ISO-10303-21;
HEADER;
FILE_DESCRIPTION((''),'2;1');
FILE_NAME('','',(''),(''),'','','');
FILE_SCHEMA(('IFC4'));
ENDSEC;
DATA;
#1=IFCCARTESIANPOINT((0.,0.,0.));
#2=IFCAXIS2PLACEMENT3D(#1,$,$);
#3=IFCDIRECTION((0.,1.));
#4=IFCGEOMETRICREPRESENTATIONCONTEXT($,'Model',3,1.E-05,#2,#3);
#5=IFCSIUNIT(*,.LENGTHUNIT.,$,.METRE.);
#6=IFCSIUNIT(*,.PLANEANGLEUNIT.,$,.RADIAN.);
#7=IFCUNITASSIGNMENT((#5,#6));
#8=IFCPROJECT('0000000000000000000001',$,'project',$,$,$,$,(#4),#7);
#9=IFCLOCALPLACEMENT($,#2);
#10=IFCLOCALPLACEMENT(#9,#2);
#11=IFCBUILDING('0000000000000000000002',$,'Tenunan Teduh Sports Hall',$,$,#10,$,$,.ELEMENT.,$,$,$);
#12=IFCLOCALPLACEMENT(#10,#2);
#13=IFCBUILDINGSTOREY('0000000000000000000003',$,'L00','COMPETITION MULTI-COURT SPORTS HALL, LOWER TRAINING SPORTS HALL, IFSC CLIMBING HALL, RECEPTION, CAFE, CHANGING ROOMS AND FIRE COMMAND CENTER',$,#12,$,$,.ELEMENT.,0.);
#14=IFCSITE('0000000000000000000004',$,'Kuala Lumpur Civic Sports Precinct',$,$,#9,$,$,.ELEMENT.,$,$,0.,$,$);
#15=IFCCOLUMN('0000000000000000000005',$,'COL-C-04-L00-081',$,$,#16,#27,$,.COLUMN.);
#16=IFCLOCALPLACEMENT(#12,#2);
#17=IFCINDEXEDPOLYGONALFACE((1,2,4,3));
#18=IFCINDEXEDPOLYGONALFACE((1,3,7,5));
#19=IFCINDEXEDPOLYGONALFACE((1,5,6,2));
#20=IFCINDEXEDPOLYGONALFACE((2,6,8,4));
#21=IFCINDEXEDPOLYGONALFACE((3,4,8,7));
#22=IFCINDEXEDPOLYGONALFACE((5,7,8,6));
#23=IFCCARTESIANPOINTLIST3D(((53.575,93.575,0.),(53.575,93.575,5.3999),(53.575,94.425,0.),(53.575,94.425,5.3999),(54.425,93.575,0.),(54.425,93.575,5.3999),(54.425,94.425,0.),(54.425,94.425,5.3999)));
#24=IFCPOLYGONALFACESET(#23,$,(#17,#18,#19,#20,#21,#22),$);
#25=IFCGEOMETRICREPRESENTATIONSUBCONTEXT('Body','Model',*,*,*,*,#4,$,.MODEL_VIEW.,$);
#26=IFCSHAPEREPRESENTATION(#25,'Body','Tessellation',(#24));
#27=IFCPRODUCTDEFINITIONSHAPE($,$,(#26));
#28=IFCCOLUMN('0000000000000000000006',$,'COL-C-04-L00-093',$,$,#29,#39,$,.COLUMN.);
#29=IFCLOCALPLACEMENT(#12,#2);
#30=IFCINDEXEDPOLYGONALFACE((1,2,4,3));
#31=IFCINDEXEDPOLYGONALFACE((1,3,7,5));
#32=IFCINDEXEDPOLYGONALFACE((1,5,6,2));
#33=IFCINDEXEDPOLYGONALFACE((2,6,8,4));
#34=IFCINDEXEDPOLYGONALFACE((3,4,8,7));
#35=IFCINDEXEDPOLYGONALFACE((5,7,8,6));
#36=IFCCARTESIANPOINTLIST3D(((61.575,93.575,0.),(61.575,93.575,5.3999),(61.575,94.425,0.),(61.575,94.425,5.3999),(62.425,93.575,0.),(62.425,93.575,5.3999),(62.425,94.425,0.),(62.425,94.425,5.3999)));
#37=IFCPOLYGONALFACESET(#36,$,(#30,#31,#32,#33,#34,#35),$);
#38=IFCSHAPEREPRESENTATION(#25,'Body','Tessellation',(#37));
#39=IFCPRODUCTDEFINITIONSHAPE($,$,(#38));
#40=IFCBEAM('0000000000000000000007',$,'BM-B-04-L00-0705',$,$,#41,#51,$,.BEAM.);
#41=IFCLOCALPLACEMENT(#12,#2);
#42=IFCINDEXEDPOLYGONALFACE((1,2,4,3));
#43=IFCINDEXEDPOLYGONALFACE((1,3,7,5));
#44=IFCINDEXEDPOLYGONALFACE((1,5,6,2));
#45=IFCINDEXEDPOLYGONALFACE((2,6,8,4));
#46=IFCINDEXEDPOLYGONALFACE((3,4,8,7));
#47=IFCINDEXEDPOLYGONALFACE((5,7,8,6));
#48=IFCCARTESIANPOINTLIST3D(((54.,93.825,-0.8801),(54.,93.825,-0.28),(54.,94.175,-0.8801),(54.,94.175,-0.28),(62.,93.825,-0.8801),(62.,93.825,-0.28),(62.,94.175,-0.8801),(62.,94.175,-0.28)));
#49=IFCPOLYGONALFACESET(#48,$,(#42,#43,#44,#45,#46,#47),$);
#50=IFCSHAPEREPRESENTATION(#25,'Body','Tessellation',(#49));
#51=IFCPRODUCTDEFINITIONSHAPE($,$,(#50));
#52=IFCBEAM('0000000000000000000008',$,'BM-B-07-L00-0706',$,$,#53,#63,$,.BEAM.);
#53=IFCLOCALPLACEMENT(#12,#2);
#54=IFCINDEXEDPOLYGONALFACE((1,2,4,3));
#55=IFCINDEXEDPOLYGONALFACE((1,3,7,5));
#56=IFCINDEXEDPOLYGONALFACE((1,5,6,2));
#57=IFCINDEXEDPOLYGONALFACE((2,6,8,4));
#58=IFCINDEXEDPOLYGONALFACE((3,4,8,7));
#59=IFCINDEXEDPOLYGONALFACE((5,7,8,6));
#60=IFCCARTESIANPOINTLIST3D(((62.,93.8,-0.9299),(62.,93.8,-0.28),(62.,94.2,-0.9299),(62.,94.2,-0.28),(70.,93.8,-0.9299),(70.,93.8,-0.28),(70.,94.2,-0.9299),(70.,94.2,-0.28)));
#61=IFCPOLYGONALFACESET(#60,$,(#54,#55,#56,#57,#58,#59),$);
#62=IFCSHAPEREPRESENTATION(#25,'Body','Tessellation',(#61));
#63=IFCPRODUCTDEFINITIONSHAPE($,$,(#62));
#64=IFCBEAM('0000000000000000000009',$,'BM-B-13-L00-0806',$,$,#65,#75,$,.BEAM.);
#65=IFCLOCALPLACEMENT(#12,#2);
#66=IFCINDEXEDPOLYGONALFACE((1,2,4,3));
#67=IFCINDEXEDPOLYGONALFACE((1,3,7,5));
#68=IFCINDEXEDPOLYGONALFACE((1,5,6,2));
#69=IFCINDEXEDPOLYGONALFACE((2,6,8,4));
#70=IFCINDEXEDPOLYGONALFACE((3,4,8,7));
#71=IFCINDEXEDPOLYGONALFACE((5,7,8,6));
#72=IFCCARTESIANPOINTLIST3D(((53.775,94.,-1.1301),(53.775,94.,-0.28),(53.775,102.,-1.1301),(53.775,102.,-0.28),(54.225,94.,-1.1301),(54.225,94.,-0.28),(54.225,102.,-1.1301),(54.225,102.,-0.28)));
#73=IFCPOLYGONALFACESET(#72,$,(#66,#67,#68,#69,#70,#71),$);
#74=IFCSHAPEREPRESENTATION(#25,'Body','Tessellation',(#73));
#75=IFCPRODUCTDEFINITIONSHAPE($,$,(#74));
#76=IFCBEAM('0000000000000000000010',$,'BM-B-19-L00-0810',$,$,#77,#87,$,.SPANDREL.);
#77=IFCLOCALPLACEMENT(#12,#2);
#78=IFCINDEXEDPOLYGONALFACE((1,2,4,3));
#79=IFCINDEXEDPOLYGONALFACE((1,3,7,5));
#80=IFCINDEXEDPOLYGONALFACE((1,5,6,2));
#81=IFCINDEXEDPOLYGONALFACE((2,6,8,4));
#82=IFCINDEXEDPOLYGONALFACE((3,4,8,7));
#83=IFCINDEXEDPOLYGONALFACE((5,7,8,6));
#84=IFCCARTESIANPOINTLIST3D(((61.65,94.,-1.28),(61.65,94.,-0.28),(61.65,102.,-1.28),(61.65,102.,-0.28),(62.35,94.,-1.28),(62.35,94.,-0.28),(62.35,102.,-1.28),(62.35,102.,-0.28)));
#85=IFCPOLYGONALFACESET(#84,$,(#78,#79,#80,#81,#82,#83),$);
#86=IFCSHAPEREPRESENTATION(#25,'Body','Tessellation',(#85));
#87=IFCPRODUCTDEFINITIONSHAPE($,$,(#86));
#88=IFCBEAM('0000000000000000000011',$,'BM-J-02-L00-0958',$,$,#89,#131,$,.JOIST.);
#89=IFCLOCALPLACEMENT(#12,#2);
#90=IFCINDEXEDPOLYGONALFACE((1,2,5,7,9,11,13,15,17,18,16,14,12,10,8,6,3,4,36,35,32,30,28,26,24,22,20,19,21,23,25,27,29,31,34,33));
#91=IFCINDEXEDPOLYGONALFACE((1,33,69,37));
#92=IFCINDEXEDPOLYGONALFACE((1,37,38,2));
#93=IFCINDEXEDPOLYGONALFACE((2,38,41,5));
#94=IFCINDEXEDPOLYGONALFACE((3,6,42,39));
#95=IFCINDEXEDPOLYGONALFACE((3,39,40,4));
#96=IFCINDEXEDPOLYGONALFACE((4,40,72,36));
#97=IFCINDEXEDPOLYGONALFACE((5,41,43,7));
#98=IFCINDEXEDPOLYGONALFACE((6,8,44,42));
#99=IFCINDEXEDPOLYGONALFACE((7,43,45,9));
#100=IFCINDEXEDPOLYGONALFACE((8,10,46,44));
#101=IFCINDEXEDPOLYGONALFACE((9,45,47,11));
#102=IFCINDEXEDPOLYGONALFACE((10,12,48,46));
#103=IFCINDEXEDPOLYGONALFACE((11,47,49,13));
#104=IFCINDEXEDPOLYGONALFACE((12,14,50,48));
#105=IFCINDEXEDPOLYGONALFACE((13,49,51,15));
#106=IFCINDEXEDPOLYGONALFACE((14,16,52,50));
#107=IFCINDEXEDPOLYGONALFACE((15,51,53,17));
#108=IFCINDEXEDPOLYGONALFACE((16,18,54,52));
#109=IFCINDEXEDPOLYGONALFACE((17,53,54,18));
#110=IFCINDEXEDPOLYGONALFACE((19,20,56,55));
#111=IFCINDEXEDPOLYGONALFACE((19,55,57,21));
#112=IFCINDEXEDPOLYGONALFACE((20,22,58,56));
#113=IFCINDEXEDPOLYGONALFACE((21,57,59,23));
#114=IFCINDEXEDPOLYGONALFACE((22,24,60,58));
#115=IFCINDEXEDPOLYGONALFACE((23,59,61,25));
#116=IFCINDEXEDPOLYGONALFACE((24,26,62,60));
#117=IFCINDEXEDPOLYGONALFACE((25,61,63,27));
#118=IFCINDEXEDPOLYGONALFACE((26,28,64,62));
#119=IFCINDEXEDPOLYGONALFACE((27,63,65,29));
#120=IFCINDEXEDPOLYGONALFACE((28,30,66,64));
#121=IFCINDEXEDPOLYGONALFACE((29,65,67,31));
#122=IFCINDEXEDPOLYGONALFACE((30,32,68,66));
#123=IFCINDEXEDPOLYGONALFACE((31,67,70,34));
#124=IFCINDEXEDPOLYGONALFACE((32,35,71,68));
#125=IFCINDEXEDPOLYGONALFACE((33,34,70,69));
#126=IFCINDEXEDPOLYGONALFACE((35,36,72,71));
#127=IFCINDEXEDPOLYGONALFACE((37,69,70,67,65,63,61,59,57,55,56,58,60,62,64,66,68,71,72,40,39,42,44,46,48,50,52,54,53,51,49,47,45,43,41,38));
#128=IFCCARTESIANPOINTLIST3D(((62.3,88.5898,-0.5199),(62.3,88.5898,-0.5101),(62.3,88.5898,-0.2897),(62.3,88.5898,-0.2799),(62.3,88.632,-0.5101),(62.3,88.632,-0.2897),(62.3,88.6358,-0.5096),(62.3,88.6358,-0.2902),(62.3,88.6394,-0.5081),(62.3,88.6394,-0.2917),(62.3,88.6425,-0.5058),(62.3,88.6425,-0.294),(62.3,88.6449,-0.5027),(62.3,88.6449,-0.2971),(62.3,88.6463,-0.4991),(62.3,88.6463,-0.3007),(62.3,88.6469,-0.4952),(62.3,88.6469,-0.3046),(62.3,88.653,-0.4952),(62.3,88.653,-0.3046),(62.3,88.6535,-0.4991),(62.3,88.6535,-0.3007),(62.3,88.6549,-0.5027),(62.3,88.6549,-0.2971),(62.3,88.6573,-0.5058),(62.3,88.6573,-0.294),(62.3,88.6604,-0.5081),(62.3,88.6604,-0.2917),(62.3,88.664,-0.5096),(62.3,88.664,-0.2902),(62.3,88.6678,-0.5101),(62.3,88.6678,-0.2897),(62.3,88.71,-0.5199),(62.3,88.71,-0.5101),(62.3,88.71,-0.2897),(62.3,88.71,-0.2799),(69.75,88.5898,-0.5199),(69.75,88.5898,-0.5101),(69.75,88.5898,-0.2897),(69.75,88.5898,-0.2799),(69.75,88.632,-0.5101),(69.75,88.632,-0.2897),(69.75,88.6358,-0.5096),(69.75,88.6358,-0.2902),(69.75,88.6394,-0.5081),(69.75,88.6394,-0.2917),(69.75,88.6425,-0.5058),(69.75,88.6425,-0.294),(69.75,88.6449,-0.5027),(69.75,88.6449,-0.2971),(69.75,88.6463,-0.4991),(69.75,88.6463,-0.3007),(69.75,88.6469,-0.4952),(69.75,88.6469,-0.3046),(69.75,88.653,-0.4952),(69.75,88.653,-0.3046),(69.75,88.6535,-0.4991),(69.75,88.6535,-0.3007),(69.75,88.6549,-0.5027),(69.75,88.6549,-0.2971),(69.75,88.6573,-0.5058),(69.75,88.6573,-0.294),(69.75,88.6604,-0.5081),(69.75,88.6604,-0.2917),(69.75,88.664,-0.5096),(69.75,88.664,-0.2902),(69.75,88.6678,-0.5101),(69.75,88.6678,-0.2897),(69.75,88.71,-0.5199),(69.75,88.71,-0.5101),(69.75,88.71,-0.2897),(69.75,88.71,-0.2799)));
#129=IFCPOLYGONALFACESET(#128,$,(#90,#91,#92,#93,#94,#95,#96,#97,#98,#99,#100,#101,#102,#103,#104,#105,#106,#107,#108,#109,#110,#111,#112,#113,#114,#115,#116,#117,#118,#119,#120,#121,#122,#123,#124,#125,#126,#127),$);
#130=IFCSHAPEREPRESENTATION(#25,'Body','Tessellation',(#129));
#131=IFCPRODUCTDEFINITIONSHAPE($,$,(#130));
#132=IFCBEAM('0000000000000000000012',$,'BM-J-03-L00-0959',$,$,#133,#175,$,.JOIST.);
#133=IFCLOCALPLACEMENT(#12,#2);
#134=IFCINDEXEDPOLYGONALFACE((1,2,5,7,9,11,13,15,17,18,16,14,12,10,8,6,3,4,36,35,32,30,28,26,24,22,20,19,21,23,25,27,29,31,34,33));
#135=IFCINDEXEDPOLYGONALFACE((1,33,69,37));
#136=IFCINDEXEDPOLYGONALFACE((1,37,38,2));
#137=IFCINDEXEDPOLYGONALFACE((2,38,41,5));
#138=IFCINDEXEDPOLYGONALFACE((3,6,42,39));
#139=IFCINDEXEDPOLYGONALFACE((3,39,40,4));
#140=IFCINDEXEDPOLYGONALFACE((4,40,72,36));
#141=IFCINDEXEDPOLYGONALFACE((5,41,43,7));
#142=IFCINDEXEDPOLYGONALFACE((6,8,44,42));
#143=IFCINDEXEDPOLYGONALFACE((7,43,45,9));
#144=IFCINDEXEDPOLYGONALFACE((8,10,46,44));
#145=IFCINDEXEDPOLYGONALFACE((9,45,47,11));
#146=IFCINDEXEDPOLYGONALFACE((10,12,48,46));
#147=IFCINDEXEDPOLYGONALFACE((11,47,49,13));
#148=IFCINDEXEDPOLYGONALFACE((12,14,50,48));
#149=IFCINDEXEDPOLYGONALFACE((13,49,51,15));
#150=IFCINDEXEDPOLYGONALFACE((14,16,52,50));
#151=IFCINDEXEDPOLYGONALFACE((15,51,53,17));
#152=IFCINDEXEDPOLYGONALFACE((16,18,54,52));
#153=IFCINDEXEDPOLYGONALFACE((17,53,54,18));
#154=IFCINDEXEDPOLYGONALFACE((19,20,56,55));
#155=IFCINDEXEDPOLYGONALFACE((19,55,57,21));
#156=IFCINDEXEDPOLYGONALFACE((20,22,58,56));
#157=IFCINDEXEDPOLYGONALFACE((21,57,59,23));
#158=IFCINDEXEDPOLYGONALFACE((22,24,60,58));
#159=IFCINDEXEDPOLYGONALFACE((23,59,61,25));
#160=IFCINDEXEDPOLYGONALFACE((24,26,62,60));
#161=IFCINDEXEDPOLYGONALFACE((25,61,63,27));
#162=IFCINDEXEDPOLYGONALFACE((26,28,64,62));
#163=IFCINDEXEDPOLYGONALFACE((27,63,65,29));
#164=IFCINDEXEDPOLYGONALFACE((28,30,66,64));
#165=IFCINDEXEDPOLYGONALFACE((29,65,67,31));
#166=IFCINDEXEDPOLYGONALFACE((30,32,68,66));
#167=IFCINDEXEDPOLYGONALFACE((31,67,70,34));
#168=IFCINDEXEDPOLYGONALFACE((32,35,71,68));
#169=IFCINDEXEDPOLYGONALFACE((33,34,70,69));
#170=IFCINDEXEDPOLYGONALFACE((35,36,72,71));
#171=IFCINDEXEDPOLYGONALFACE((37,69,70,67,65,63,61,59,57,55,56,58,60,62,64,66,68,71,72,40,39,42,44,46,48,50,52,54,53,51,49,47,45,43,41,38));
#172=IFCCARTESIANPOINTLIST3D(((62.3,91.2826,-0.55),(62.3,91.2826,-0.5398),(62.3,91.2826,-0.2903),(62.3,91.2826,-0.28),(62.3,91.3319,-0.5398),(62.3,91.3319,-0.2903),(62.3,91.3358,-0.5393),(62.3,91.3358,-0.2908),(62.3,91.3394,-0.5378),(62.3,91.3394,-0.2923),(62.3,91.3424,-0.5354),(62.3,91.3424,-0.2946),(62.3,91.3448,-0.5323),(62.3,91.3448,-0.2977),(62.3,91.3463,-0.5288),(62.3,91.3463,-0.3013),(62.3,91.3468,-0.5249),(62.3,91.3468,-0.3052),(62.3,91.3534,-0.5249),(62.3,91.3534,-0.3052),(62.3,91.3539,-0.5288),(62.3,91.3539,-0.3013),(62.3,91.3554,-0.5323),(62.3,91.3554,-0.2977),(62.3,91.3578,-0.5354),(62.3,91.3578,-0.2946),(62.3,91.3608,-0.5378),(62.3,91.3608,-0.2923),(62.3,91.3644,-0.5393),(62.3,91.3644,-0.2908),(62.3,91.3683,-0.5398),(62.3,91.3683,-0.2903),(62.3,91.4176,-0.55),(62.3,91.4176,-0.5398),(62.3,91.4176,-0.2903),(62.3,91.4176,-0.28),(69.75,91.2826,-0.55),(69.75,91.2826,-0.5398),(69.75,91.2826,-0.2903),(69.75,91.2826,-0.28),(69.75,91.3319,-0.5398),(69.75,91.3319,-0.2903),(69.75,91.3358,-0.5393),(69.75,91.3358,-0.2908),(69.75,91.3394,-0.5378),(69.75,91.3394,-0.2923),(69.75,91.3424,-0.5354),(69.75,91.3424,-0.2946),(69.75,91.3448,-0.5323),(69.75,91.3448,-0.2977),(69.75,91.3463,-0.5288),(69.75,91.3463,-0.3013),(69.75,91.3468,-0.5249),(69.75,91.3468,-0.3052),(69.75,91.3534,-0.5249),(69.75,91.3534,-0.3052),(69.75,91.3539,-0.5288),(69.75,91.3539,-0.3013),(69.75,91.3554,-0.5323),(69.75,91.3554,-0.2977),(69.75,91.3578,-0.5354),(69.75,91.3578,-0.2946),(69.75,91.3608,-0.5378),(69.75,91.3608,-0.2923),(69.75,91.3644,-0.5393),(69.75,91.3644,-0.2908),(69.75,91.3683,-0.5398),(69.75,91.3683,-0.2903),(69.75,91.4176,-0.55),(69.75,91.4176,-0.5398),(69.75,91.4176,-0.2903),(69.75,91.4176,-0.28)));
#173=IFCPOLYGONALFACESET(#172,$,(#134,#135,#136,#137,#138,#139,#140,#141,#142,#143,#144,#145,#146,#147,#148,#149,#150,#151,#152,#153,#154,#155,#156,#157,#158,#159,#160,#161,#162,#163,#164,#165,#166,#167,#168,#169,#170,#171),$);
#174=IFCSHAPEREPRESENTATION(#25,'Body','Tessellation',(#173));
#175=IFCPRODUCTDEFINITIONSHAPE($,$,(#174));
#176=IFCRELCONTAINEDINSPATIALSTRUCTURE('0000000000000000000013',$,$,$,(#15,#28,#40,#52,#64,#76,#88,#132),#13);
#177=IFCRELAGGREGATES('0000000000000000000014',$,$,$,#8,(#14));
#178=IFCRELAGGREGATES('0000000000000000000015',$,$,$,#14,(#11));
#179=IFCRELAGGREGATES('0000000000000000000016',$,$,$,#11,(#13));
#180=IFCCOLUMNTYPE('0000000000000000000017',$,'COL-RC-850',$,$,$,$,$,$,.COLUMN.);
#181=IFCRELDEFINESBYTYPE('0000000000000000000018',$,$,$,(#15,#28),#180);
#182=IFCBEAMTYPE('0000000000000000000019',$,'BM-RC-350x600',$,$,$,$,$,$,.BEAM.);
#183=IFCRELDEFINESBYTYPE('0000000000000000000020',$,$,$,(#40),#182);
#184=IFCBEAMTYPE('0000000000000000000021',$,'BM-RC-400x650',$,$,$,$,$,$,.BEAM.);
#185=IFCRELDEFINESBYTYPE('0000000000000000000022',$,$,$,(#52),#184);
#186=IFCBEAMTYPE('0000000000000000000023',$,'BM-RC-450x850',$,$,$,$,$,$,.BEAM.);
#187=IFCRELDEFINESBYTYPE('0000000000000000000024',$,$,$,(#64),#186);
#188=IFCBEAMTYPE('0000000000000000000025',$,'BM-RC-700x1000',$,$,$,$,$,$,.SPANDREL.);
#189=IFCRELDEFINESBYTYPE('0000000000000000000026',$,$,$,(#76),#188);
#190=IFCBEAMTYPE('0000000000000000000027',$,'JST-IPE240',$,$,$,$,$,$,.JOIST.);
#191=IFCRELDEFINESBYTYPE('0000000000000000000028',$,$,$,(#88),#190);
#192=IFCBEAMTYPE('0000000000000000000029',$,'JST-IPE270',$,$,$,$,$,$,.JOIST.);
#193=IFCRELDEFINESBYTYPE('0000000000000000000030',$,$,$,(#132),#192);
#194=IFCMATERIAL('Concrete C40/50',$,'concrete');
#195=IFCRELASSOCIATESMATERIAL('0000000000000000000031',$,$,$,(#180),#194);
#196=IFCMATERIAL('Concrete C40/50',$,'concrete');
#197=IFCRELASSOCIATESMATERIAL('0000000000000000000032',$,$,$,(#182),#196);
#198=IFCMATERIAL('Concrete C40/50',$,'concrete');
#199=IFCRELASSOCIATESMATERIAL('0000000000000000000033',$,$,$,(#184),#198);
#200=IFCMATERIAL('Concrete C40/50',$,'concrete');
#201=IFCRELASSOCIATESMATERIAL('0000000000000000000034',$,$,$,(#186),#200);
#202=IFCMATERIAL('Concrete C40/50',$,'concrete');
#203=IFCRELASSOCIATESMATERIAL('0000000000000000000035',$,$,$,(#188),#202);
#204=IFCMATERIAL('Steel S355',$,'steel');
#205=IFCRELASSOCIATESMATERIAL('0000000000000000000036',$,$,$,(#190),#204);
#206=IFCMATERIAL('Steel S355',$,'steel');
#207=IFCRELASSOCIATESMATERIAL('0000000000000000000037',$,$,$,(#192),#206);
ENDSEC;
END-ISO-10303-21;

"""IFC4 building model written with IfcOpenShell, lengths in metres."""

from ifc_helpers import new_model, si_unit, direction, frame, origin, origin_2d, place, context, subcontext, project, spatial, rectangle, i_section, extrude, material, material_profile, profile_set, type_object, element, save


model = new_model("IFC4")

# Units and contexts
model_context = context("Model", 3, precision=1e-05, world=origin(), true_north=direction((0.0, 1.0)))
body_context = subcontext(model_context, "Body", "Model", "MODEL_VIEW")
ifc_project = project(units=[si_unit("LENGTHUNIT", "METRE"), si_unit("PLANEANGLEUNIT", "RADIAN")], contexts=[model_context])

# Site, building, storey
site_placement = place(None, origin())
site = spatial("IfcSite", under=ifc_project, at=site_placement, Name="Kuala Lumpur Civic Sports Precinct", CompositionType="ELEMENT", RefElevation=0.0)
building_placement = place(site_placement, origin())
building = spatial("IfcBuilding", under=site, at=building_placement, Name="Tenunan Teduh Sports Hall", CompositionType="ELEMENT")
storey_placement = place(building_placement, origin())
storey = spatial("IfcBuildingStorey", under=building, at=storey_placement, Name="L00", Description="COMPETITION MULTI-COURT SPORTS HALL, LOWER TRAINING SPORTS HALL, IFSC CLIMBING HALL, RECEPTION, CAFE, CHANGING ROOMS AND FIRE COMMAND CENTER", CompositionType="ELEMENT", Elevation=0.0)

# Columns
ifc_material_1 = material(Name="Concrete C40/50", Category="concrete")
ifc_material_profile_1 = material_profile(ifc_material_1, rectangle(XDim=0.8501, YDim=0.8501, at=origin_2d()), Name="RC 850x850")
ifc_profile_set_1 = profile_set([ifc_material_profile_1], Name="Concrete C40/50")
column_type = type_object("IfcColumnType", Name="COL-RC-850", PredefinedType="COLUMN", material=ifc_profile_set_1)
for number, where, z_axis, x_axis, name in (
    (1, (54.0, 94.0, 0.0), (0.0, 0.0, 1.0), (1.0, 0.0, 0.0), "COL-C-04-L00-081"),
    (2, (62.0, 94.0, 0.0), (0.0, 0.0, 1.0), (1.0, 0.0, 0.0), "COL-C-04-L00-093"),
):
    element("IfcColumn", number, at=place(storey_placement, frame(where, z_axis=z_axis, x_axis=x_axis)), inside=storey, type_object=column_type, Name=name, PredefinedType="COLUMN", context=body_context, shape_type="SweptSolid", body=[
        extrude(rectangle(XDim=0.8501, YDim=0.8501, at=origin_2d()), origin(), (0.0, 0.0, 1.0), 5.3999),
    ])

# Beams
ifc_material_2 = material(Name="Concrete C40/50", Category="concrete")
ifc_material_profile_2 = material_profile(ifc_material_2, rectangle(XDim=0.3501, YDim=0.6001, at=origin_2d()), Name="RCB 350x600")
ifc_profile_set_2 = profile_set([ifc_material_profile_2], Name="Concrete C40/50")
beam_type_1 = type_object("IfcBeamType", Name="BM-RC-350x600", PredefinedType="BEAM", material=ifc_profile_set_2)
beam_1_placement = place(storey_placement, frame((54.0, 94.0, -0.5801), z_axis=(1.0, 0.0, 0.0), x_axis=(0.0, 1.0, 0.0)))
element("IfcBeam", 3, at=beam_1_placement, inside=storey, type_object=beam_type_1, Name="BM-B-04-L00-0705", PredefinedType="BEAM", context=body_context, shape_type="SweptSolid", body=[
    extrude(rectangle(XDim=0.3501, YDim=0.6001, at=origin_2d()), origin(), (0.0, 0.0, 1.0), 8.0),
])
ifc_material_3 = material(Name="Concrete C40/50", Category="concrete")
ifc_material_profile_3 = material_profile(ifc_material_3, rectangle(XDim=0.3999, YDim=0.6499, at=origin_2d()), Name="RCB 400x650")
ifc_profile_set_3 = profile_set([ifc_material_profile_3], Name="Concrete C40/50")
beam_type_2 = type_object("IfcBeamType", Name="BM-RC-400x650", PredefinedType="BEAM", material=ifc_profile_set_3)
beam_2_placement = place(storey_placement, frame((62.0, 94.0, -0.605), z_axis=(1.0, 0.0, 0.0), x_axis=(0.0, 1.0, 0.0)))
element("IfcBeam", 4, at=beam_2_placement, inside=storey, type_object=beam_type_2, Name="BM-B-07-L00-0706", PredefinedType="BEAM", context=body_context, shape_type="SweptSolid", body=[
    extrude(rectangle(XDim=0.3999, YDim=0.6499, at=origin_2d()), origin(), (0.0, 0.0, 1.0), 8.0),
])
ifc_material_4 = material(Name="Concrete C40/50", Category="concrete")
ifc_material_profile_4 = material_profile(ifc_material_4, rectangle(XDim=0.45, YDim=0.8501, at=origin_2d()), Name="RCB 450x850")
ifc_profile_set_4 = profile_set([ifc_material_profile_4], Name="Concrete C40/50")
beam_type_3 = type_object("IfcBeamType", Name="BM-RC-450x850", PredefinedType="BEAM", material=ifc_profile_set_4)
beam_3_placement = place(storey_placement, frame((54.0, 94.0, -0.7051), z_axis=(0.0, 1.0, 0.0), x_axis=(-1.0, 0.0, 0.0)))
element("IfcBeam", 5, at=beam_3_placement, inside=storey, type_object=beam_type_3, Name="BM-B-13-L00-0806", PredefinedType="BEAM", context=body_context, shape_type="SweptSolid", body=[
    extrude(rectangle(XDim=0.45, YDim=0.8501, at=origin_2d()), origin(), (0.0, 0.0, 1.0), 8.0),
])
ifc_material_5 = material(Name="Concrete C40/50", Category="concrete")
ifc_material_profile_5 = material_profile(ifc_material_5, rectangle(XDim=0.7, YDim=1.0, at=origin_2d()), Name="RCB 700x1000")
ifc_profile_set_5 = profile_set([ifc_material_profile_5], Name="Concrete C40/50")
beam_type_4 = type_object("IfcBeamType", Name="BM-RC-700x1000", PredefinedType="SPANDREL", material=ifc_profile_set_5)
beam_4_placement = place(storey_placement, frame((62.0, 94.0, -0.78), z_axis=(0.0, 1.0, 0.0), x_axis=(-1.0, 0.0, 0.0)))
element("IfcBeam", 6, at=beam_4_placement, inside=storey, type_object=beam_type_4, Name="BM-B-19-L00-0810", PredefinedType="SPANDREL", context=body_context, shape_type="SweptSolid", body=[
    extrude(rectangle(XDim=0.7, YDim=1.0, at=origin_2d()), origin(), (0.0, 0.0, 1.0), 8.0),
])
ifc_material_6 = material(Name="Steel S355", Category="steel")
ifc_material_profile_6 = material_profile(ifc_material_6, i_section(OverallWidth=0.1201, OverallDepth=0.24, WebThickness=0.0061, FlangeThickness=0.0098, FilletRadius=0.0149, at=origin_2d()), Name="IPE 240")
ifc_profile_set_6 = profile_set([ifc_material_profile_6], Name="Steel S355")
beam_type_5 = type_object("IfcBeamType", Name="JST-IPE240", PredefinedType="JOIST", material=ifc_profile_set_6)
beam_5_placement = place(storey_placement, frame((62.3, 88.6499, -0.3999), z_axis=(1.0, 0.0, 0.0), x_axis=(0.0, 1.0, 0.0)))
element("IfcBeam", 7, at=beam_5_placement, inside=storey, type_object=beam_type_5, Name="BM-J-02-L00-0958", PredefinedType="JOIST", context=body_context, shape_type="SweptSolid", body=[
    extrude(i_section(OverallWidth=0.1201, OverallDepth=0.24, WebThickness=0.0061, FlangeThickness=0.0098, FilletRadius=0.0149, at=origin_2d()), origin(), (0.0, 0.0, 1.0), 7.45),
])
ifc_material_7 = material(Name="Steel S355", Category="steel")
ifc_material_profile_7 = material_profile(ifc_material_7, i_section(OverallWidth=0.135, OverallDepth=0.27, WebThickness=0.0066, FlangeThickness=0.0103, FilletRadius=0.0149, at=origin_2d()), Name="IPE 270")
ifc_profile_set_7 = profile_set([ifc_material_profile_7], Name="Steel S355")
beam_type_6 = type_object("IfcBeamType", Name="JST-IPE270", PredefinedType="JOIST", material=ifc_profile_set_7)
beam_6_placement = place(storey_placement, frame((62.3, 91.3501, -0.415), z_axis=(1.0, 0.0, 0.0), x_axis=(0.0, 1.0, 0.0)))
element("IfcBeam", 8, at=beam_6_placement, inside=storey, type_object=beam_type_6, Name="BM-J-03-L00-0959", PredefinedType="JOIST", context=body_context, shape_type="SweptSolid", body=[
    extrude(i_section(OverallWidth=0.135, OverallDepth=0.27, WebThickness=0.0066, FlangeThickness=0.0103, FilletRadius=0.0149, at=origin_2d()), origin(), (0.0, 0.0, 1.0), 7.45),
])

save(model, "model.ifc")
